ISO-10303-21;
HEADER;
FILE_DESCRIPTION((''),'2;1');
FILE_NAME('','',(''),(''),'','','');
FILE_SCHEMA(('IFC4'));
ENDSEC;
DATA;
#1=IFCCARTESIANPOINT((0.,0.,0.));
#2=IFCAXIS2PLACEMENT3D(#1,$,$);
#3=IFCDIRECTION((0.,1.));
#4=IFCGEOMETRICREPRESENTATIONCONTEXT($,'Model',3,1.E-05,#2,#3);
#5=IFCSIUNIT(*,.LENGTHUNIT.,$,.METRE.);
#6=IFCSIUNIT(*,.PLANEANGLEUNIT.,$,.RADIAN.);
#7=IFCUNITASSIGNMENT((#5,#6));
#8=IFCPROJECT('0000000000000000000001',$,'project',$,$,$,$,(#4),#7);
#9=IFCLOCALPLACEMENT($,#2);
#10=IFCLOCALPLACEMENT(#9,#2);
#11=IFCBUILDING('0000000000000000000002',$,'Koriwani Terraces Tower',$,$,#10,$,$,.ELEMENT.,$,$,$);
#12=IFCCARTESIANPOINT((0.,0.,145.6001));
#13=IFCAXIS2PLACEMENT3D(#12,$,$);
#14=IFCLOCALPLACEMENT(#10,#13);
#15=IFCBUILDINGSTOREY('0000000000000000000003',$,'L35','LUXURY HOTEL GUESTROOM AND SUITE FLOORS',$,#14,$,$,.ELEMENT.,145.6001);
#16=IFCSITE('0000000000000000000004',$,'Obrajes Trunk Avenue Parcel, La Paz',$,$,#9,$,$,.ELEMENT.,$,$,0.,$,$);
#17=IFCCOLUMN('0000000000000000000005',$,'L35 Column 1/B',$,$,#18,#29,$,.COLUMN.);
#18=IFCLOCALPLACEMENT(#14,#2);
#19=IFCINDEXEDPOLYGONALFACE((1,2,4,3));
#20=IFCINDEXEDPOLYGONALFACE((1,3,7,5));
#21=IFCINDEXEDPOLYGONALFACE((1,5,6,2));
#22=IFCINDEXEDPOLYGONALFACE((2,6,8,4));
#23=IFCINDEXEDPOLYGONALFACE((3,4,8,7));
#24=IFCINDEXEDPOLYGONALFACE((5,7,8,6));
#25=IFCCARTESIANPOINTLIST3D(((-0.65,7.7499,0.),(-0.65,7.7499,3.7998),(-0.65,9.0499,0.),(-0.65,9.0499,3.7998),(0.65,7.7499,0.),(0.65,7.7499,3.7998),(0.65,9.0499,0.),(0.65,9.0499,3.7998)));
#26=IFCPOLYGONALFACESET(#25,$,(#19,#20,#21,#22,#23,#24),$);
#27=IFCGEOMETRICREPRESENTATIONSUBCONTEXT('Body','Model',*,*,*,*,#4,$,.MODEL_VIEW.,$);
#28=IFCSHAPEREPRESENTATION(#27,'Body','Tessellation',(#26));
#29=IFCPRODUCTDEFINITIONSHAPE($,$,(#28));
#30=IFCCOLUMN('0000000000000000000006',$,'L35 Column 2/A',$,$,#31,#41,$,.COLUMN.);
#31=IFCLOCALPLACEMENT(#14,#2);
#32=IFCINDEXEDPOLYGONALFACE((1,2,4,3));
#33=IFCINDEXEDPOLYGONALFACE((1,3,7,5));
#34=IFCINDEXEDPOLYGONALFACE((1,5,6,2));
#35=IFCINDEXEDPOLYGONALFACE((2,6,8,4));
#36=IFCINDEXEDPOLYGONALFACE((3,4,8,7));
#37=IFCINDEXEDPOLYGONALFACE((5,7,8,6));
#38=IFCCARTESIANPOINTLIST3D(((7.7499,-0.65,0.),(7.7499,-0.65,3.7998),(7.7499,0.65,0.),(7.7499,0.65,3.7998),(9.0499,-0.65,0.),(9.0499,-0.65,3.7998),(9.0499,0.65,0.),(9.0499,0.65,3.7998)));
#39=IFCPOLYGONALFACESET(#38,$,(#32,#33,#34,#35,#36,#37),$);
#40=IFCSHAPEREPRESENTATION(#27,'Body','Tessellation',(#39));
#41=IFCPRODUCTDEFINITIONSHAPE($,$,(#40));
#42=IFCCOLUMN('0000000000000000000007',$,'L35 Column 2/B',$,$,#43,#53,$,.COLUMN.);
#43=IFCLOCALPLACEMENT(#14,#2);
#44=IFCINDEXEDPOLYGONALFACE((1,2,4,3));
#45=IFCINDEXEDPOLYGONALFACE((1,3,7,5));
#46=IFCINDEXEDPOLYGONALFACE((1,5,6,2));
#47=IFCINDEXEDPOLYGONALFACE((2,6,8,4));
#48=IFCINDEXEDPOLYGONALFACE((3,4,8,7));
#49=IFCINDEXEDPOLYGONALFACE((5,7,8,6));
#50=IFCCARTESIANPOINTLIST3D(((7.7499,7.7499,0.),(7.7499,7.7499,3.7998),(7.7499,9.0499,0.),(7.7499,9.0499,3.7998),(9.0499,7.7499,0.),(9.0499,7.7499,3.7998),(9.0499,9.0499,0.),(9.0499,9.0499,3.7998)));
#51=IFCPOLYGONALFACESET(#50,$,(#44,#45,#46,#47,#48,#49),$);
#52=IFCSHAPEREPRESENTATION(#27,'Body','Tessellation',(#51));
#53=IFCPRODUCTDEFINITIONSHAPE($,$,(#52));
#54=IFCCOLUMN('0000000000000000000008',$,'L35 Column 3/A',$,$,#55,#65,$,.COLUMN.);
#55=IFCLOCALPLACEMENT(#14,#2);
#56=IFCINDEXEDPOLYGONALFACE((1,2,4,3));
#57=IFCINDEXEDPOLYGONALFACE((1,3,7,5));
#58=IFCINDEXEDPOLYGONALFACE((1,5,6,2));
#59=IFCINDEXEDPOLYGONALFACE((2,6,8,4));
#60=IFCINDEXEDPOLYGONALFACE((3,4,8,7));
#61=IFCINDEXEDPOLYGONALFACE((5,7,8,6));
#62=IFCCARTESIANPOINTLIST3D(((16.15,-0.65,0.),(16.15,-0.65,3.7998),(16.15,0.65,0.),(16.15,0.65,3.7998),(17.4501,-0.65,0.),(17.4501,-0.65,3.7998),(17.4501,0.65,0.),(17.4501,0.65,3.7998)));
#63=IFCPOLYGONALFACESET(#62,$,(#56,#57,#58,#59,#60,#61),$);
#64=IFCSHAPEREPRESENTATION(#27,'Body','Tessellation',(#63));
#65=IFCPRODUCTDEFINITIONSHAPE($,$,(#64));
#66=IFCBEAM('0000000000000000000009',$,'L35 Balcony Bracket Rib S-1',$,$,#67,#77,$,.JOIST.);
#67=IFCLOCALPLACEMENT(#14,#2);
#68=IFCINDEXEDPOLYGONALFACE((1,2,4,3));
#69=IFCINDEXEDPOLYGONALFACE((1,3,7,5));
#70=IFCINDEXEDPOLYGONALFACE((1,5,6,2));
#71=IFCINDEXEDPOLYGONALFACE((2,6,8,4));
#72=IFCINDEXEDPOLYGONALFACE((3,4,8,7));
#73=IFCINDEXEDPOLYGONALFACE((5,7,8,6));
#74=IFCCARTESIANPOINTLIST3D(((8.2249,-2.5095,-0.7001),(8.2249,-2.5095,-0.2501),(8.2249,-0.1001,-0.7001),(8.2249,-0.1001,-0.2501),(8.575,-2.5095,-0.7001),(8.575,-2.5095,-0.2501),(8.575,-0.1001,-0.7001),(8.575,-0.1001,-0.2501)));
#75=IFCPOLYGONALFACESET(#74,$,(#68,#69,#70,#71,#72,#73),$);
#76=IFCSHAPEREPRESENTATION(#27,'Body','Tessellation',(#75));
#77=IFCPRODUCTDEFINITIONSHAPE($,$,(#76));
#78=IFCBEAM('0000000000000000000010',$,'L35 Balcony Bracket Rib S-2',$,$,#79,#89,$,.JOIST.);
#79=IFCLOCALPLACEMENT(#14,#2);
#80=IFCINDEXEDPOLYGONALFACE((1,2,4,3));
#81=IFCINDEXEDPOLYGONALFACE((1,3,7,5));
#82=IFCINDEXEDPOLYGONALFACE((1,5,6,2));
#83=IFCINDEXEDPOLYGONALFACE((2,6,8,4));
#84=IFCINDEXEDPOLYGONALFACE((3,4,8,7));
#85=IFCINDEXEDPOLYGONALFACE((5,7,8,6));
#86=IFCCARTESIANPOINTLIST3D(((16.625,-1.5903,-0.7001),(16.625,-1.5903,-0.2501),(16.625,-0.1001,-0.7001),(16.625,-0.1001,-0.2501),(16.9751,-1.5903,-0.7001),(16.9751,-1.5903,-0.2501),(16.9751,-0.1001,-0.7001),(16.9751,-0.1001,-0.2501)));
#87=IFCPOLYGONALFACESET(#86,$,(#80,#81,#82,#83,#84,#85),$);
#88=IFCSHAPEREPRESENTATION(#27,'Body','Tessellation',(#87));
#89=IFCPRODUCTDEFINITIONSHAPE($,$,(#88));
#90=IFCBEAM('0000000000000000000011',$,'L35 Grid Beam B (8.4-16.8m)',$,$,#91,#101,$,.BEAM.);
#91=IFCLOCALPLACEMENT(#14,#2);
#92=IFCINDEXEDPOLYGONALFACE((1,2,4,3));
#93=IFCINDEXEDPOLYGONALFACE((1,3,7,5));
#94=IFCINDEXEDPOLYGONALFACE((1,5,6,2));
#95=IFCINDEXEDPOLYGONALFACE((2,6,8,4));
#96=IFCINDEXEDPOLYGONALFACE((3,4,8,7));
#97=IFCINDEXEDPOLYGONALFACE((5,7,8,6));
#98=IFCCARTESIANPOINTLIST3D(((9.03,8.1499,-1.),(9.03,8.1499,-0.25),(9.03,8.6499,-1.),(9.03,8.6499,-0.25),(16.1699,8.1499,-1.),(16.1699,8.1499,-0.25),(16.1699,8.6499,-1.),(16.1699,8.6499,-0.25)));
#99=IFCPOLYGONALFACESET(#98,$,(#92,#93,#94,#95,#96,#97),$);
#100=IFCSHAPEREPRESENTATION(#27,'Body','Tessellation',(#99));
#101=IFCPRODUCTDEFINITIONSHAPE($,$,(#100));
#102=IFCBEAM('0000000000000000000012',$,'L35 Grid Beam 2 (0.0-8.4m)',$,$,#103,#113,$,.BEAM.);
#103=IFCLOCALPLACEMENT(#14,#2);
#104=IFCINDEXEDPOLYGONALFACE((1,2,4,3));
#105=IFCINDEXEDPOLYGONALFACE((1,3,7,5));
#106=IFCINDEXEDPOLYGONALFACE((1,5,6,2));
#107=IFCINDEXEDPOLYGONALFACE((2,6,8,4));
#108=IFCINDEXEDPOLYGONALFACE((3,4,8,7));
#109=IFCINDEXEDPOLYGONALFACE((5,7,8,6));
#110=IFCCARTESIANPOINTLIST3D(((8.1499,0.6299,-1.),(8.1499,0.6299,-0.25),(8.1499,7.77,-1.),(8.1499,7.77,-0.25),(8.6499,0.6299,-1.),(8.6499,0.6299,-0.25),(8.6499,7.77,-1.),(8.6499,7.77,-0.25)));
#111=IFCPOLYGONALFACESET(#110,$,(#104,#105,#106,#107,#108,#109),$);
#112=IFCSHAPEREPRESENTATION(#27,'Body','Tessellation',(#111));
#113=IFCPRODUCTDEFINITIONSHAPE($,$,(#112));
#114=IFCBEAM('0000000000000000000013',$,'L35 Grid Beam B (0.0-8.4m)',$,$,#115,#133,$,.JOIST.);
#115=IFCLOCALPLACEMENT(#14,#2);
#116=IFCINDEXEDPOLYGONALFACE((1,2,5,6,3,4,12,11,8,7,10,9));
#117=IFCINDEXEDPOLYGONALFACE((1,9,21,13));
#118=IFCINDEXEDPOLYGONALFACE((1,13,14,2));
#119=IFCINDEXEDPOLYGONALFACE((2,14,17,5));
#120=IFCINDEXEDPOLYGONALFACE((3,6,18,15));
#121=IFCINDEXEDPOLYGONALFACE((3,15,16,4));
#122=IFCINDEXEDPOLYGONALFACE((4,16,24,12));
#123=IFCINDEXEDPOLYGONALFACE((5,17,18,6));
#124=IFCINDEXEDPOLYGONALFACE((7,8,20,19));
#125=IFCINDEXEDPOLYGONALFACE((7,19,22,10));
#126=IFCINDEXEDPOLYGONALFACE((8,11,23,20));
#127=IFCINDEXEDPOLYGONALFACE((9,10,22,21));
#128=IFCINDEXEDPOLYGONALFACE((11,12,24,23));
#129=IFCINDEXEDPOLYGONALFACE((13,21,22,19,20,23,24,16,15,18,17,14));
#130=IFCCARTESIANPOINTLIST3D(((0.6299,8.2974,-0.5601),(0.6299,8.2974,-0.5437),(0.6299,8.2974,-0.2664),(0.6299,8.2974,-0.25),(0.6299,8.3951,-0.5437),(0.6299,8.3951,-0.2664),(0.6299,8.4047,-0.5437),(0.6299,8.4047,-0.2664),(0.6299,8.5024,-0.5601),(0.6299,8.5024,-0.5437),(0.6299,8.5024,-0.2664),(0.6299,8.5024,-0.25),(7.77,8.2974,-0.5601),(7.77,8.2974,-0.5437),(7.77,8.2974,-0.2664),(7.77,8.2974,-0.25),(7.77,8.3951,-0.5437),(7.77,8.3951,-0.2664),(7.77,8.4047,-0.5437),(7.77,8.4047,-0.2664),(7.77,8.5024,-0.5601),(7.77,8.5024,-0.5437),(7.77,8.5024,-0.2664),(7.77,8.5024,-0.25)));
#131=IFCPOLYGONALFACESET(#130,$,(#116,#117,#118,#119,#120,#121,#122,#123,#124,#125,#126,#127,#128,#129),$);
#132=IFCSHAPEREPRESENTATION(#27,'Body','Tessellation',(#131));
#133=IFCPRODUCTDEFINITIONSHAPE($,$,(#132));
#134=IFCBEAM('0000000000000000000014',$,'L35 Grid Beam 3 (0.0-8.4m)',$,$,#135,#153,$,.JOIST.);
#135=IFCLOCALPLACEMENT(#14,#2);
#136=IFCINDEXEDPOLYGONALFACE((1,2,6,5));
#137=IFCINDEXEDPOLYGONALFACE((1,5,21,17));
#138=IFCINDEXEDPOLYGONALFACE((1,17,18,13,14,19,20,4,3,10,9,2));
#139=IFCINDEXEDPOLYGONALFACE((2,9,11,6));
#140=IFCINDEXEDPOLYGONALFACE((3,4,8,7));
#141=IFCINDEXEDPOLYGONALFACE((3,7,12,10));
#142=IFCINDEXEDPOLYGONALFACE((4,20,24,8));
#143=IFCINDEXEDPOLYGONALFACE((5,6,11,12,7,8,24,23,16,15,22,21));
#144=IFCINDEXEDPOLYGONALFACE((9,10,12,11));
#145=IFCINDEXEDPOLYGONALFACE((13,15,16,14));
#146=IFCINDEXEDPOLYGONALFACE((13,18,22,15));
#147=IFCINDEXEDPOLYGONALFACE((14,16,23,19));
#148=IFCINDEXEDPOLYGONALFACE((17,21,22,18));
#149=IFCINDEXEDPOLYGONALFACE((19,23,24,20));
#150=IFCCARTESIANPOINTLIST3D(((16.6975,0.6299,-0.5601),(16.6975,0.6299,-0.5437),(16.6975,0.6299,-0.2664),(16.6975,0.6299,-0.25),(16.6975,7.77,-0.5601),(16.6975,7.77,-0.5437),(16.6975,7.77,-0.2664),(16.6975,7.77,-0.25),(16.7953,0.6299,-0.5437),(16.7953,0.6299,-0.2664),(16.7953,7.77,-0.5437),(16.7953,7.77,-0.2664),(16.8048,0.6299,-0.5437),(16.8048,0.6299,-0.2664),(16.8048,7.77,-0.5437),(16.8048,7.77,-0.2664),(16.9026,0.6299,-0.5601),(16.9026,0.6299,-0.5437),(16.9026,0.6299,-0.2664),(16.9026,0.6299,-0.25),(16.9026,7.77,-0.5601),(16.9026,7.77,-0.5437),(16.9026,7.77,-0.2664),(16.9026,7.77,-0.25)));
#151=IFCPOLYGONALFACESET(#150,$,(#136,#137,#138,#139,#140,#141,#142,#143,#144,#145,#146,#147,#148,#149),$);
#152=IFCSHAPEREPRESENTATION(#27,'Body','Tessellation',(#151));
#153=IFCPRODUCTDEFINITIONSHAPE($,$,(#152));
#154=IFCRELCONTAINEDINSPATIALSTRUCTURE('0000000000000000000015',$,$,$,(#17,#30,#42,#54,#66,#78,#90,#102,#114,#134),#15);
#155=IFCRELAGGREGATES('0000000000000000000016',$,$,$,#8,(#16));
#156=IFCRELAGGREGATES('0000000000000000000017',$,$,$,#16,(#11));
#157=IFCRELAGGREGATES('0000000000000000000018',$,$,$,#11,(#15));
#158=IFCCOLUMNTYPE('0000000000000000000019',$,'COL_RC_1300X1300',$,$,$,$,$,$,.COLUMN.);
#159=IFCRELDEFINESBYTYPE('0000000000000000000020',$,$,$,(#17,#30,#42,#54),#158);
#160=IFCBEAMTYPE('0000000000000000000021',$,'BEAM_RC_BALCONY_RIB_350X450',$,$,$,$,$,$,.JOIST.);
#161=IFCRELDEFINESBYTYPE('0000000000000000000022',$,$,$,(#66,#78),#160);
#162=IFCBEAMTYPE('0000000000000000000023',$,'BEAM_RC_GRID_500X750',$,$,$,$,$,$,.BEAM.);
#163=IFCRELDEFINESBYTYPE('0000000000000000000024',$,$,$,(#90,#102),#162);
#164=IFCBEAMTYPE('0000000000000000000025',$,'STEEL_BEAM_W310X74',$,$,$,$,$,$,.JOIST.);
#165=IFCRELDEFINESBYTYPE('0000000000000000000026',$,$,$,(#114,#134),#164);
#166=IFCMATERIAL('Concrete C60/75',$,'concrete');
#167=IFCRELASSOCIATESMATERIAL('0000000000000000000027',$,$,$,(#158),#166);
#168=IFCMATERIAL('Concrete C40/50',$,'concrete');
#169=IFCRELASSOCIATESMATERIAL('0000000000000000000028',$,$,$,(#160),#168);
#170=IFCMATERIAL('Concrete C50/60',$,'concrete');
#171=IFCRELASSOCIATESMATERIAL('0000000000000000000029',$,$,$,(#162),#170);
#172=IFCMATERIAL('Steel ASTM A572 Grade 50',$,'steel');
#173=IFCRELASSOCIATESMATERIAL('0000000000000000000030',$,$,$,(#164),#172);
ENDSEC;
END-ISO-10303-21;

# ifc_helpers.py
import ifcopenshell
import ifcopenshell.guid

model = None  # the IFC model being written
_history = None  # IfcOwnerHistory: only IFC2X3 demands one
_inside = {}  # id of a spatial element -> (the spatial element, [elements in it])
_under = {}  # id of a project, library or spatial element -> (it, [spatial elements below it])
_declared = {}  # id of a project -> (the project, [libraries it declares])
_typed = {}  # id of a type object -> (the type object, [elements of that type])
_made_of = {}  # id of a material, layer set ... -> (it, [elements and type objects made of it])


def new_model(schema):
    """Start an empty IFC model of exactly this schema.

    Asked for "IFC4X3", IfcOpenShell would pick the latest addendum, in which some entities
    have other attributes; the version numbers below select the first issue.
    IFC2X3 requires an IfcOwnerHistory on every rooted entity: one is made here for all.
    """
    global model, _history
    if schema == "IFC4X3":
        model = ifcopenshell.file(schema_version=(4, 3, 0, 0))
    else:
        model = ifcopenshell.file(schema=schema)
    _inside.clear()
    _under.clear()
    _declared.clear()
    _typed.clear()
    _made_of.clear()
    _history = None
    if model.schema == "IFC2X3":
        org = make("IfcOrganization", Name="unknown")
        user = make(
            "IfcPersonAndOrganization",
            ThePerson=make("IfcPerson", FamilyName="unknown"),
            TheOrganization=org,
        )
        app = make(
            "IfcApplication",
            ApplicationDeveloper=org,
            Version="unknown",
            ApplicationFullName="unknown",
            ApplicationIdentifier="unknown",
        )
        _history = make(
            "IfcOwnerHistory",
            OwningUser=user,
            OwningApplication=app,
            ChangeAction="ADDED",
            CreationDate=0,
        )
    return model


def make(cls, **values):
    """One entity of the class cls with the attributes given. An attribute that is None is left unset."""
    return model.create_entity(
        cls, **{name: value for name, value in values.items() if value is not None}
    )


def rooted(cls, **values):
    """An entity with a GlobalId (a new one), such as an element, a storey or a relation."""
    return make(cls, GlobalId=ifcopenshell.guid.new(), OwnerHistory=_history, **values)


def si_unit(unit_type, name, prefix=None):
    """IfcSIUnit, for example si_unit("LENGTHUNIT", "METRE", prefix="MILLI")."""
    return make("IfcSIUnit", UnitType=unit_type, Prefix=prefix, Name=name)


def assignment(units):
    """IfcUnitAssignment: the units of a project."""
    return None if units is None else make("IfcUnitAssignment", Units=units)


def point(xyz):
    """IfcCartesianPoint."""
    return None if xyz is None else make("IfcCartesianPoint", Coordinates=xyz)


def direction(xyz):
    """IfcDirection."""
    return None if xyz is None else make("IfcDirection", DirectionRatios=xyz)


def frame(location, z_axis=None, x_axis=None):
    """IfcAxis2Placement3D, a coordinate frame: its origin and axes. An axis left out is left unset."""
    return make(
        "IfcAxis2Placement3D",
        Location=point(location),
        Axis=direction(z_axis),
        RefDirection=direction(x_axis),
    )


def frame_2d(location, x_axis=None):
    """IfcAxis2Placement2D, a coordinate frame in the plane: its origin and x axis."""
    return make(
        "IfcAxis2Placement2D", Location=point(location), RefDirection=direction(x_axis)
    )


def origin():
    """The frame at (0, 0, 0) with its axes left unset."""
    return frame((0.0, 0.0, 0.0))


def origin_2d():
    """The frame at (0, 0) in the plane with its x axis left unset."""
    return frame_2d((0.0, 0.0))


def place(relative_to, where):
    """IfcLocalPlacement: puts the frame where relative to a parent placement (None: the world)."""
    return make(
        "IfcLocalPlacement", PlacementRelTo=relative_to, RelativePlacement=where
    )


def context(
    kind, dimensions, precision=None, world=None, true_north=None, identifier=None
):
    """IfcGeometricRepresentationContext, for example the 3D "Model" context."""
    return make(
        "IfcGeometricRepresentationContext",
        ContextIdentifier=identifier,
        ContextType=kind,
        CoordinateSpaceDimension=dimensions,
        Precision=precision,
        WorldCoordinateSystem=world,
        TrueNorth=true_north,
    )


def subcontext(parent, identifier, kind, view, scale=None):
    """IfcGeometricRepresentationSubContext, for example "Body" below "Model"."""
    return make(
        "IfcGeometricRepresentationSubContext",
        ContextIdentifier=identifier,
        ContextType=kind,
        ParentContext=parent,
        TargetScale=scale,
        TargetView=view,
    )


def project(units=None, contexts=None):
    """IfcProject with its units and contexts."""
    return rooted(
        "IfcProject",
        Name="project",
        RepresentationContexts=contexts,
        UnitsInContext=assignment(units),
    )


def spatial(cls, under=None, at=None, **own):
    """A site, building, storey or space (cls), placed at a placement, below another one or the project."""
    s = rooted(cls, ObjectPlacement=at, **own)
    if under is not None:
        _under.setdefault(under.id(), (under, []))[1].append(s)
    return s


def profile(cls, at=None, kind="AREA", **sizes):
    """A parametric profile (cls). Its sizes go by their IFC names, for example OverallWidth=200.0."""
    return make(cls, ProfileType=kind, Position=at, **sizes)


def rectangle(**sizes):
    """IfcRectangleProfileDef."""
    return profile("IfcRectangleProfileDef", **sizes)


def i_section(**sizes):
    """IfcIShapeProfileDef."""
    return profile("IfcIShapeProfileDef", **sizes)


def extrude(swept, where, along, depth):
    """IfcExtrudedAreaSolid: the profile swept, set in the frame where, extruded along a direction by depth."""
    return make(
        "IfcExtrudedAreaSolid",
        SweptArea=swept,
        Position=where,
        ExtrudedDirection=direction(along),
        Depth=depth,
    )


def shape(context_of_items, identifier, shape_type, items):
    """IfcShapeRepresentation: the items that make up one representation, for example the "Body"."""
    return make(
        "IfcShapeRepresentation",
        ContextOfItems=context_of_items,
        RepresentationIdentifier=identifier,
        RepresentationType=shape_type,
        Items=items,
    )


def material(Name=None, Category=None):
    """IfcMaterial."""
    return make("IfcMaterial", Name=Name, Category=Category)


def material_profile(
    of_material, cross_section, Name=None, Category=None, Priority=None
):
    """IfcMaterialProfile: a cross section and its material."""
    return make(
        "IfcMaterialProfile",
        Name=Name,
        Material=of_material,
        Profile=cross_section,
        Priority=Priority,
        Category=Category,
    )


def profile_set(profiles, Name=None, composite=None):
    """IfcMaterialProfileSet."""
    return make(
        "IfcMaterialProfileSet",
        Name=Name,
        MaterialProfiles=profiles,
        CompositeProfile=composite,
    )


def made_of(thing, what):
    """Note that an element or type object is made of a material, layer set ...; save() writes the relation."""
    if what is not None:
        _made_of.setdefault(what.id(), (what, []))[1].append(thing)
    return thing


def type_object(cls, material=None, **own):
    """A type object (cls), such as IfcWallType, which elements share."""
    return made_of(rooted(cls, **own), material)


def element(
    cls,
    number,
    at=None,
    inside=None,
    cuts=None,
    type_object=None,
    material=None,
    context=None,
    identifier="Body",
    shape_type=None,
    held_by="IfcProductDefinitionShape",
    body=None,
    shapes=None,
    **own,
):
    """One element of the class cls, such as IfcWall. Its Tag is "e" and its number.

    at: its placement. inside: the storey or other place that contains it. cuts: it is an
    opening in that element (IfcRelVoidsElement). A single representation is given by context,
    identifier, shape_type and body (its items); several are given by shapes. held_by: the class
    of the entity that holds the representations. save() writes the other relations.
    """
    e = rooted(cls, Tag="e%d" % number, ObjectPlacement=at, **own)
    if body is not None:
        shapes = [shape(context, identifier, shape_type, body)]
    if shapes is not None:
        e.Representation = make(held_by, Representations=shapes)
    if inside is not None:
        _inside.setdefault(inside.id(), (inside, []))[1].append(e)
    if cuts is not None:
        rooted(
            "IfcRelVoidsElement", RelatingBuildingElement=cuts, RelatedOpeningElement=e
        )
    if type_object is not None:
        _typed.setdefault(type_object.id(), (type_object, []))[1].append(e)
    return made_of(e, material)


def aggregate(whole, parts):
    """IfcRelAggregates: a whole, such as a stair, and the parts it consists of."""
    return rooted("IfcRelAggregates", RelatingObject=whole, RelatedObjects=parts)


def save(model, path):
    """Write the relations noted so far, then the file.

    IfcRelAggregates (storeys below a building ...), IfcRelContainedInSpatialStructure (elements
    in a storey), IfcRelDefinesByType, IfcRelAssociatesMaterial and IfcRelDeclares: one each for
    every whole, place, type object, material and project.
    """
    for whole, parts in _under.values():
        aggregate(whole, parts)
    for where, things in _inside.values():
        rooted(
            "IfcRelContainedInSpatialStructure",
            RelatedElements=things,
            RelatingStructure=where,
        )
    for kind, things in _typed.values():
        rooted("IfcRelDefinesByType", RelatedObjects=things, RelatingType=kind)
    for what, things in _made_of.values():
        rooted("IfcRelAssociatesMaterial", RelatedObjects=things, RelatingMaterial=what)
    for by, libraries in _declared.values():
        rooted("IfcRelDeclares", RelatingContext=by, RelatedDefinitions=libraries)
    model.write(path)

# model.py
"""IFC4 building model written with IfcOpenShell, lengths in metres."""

from ifc_helpers import new_model, si_unit, direction, frame, origin, origin_2d, place, context, subcontext, project, spatial, rectangle, i_section, extrude, material, material_profile, profile_set, type_object, element, save


model = new_model("IFC4")

# Units and contexts
model_context = context("Model", 3, precision=1e-05, world=origin(), true_north=direction((0.0, 1.0)))
body_context = subcontext(model_context, "Body", "Model", "MODEL_VIEW")
ifc_project = project(units=[si_unit("LENGTHUNIT", "METRE"), si_unit("PLANEANGLEUNIT", "RADIAN")], contexts=[model_context])

# Site, building, storey
site_placement = place(None, origin())
site = spatial("IfcSite", under=ifc_project, at=site_placement, Name="Obrajes Trunk Avenue Parcel, La Paz", CompositionType="ELEMENT", RefElevation=0.0)
building_placement = place(site_placement, origin())
building = spatial("IfcBuilding", under=site, at=building_placement, Name="Koriwani Terraces Tower", CompositionType="ELEMENT")
storey_placement = place(building_placement, frame((0.0, 0.0, 145.6001)))
storey = spatial("IfcBuildingStorey", under=building, at=storey_placement, Name="L35", Description="LUXURY HOTEL GUESTROOM AND SUITE FLOORS", CompositionType="ELEMENT", Elevation=145.6001)

# Columns
ifc_material_1 = material(Name="Concrete C60/75", Category="concrete")
ifc_material_profile_1 = material_profile(ifc_material_1, rectangle(XDim=1.3, YDim=1.3, at=origin_2d()), Name="Concrete C60/75", Category="LoadBearing")
ifc_profile_set_1 = profile_set([ifc_material_profile_1], Name="Concrete C60/75")
column_type = type_object("IfcColumnType", Name="COL_RC_1300X1300", PredefinedType="COLUMN", material=ifc_profile_set_1)
for number, where, z_axis, x_axis, name in (
    (1, (0.0, 8.3999, 0.0), (0.0, 0.0, 1.0), (1.0, 0.0, 0.0), "L35 Column 1/B"),
    (2, (8.3999, 0.0, 0.0), (0.0, 0.0, 1.0), (1.0, 0.0, 0.0), "L35 Column 2/A"),
    (3, (8.3999, 8.3999, 0.0), (0.0, 0.0, 1.0), (1.0, 0.0, 0.0), "L35 Column 2/B"),
    (4, (16.8, 0.0, 0.0), (0.0, 0.0, 1.0), (1.0, 0.0, 0.0), "L35 Column 3/A"),
):
    element("IfcColumn", number, at=place(storey_placement, frame(where, z_axis=z_axis, x_axis=x_axis)), inside=storey, type_object=column_type, Name=name, PredefinedType="COLUMN", context=body_context, shape_type="SweptSolid", body=[
        extrude(rectangle(XDim=1.3, YDim=1.3, at=origin_2d()), origin(), (0.0, 0.0, 1.0), 3.7998),
    ])

# Beams
ifc_material_2 = material(Name="Concrete C40/50", Category="concrete")
ifc_material_profile_2 = material_profile(ifc_material_2, rectangle(XDim=0.3501, YDim=0.45, at=origin_2d()), Name="Concrete C40/50", Category="LoadBearing")
ifc_profile_set_2 = profile_set([ifc_material_profile_2], Name="Concrete C40/50")
beam_type_1 = type_object("IfcBeamType", Name="BEAM_RC_BALCONY_RIB_350X450", PredefinedType="JOIST", material=ifc_profile_set_2)
beam_1_placement = place(storey_placement, frame((8.3999, -2.5095, -0.4751), z_axis=(0.0, 1.0, 0.0), x_axis=(-1.0, 0.0, 0.0)))
element("IfcBeam", 5, at=beam_1_placement, inside=storey, type_object=beam_type_1, Name="L35 Balcony Bracket Rib S-1", PredefinedType="JOIST", context=body_context, shape_type="SweptSolid", body=[
    extrude(rectangle(XDim=0.3501, YDim=0.45, at=origin_2d()), origin(), (0.0, 0.0, 1.0), 2.4094),
])
beam_2_placement = place(storey_placement, frame((16.8, -1.5903, -0.4751), z_axis=(0.0, 1.0, 0.0), x_axis=(-1.0, 0.0, 0.0)))
element("IfcBeam", 6, at=beam_2_placement, inside=storey, type_object=beam_type_1, Name="L35 Balcony Bracket Rib S-2", PredefinedType="JOIST", context=body_context, shape_type="SweptSolid", body=[
    extrude(rectangle(XDim=0.3501, YDim=0.45, at=origin_2d()), origin(), (0.0, 0.0, 1.0), 1.4902),
])
ifc_material_3 = material(Name="Concrete C50/60", Category="concrete")
ifc_material_profile_3 = material_profile(ifc_material_3, rectangle(XDim=0.5, YDim=0.75, at=origin_2d()), Name="Concrete C50/60", Category="LoadBearing")
ifc_profile_set_3 = profile_set([ifc_material_profile_3], Name="Concrete C50/60")
beam_type_2 = type_object("IfcBeamType", Name="BEAM_RC_GRID_500X750", PredefinedType="BEAM", material=ifc_profile_set_3)
beam_3_placement = place(storey_placement, frame((9.03, 8.3999, -0.625), z_axis=(1.0, 0.0, 0.0), x_axis=(0.0, 1.0, 0.0)))
element("IfcBeam", 7, at=beam_3_placement, inside=storey, type_object=beam_type_2, Name="L35 Grid Beam B (8.4-16.8m)", PredefinedType="BEAM", context=body_context, shape_type="SweptSolid", body=[
    extrude(rectangle(XDim=0.5, YDim=0.75, at=origin_2d()), origin(), (0.0, 0.0, 1.0), 7.1399),
])
beam_4_placement = place(storey_placement, frame((8.3999, 0.6299, -0.625), z_axis=(0.0, 1.0, 0.0), x_axis=(-1.0, 0.0, 0.0)))
element("IfcBeam", 8, at=beam_4_placement, inside=storey, type_object=beam_type_2, Name="L35 Grid Beam 2 (0.0-8.4m)", PredefinedType="BEAM", context=body_context, shape_type="SweptSolid", body=[
    extrude(rectangle(XDim=0.5, YDim=0.75, at=origin_2d()), origin(), (0.0, 0.0, 1.0), 7.1401),
])
ifc_material_4 = material(Name="Steel ASTM A572 Grade 50", Category="steel")
ifc_material_profile_4 = material_profile(ifc_material_4, i_section(OverallWidth=0.2051, OverallDepth=0.3101, WebThickness=0.0095, FlangeThickness=0.0164, at=origin_2d()), Name="Steel ASTM A572 Grade 50", Category="LoadBearing")
ifc_profile_set_4 = profile_set([ifc_material_profile_4], Name="Steel ASTM A572 Grade 50")
beam_type_3 = type_object("IfcBeamType", Name="STEEL_BEAM_W310X74", PredefinedType="JOIST", material=ifc_profile_set_4)
for number, where, z_axis, x_axis, name in (
    (9, (0.6299, 8.3999, -0.405), (1.0, 0.0, 0.0), (0.0, 1.0, 0.0), "L35 Grid Beam B (0.0-8.4m)"),
    (10, (16.8, 0.6299, -0.405), (0.0, 1.0, 0.0), (-1.0, 0.0, 0.0), "L35 Grid Beam 3 (0.0-8.4m)"),
):
    element("IfcBeam", number, at=place(storey_placement, frame(where, z_axis=z_axis, x_axis=x_axis)), inside=storey, type_object=beam_type_3, Name=name, PredefinedType="JOIST", context=body_context, shape_type="SweptSolid", body=[
        extrude(i_section(OverallWidth=0.2051, OverallDepth=0.3101, WebThickness=0.0095, FlangeThickness=0.0164, at=origin_2d()), origin(), (0.0, 0.0, 1.0), 7.1401),
    ])

save(model, "model.ifc")
